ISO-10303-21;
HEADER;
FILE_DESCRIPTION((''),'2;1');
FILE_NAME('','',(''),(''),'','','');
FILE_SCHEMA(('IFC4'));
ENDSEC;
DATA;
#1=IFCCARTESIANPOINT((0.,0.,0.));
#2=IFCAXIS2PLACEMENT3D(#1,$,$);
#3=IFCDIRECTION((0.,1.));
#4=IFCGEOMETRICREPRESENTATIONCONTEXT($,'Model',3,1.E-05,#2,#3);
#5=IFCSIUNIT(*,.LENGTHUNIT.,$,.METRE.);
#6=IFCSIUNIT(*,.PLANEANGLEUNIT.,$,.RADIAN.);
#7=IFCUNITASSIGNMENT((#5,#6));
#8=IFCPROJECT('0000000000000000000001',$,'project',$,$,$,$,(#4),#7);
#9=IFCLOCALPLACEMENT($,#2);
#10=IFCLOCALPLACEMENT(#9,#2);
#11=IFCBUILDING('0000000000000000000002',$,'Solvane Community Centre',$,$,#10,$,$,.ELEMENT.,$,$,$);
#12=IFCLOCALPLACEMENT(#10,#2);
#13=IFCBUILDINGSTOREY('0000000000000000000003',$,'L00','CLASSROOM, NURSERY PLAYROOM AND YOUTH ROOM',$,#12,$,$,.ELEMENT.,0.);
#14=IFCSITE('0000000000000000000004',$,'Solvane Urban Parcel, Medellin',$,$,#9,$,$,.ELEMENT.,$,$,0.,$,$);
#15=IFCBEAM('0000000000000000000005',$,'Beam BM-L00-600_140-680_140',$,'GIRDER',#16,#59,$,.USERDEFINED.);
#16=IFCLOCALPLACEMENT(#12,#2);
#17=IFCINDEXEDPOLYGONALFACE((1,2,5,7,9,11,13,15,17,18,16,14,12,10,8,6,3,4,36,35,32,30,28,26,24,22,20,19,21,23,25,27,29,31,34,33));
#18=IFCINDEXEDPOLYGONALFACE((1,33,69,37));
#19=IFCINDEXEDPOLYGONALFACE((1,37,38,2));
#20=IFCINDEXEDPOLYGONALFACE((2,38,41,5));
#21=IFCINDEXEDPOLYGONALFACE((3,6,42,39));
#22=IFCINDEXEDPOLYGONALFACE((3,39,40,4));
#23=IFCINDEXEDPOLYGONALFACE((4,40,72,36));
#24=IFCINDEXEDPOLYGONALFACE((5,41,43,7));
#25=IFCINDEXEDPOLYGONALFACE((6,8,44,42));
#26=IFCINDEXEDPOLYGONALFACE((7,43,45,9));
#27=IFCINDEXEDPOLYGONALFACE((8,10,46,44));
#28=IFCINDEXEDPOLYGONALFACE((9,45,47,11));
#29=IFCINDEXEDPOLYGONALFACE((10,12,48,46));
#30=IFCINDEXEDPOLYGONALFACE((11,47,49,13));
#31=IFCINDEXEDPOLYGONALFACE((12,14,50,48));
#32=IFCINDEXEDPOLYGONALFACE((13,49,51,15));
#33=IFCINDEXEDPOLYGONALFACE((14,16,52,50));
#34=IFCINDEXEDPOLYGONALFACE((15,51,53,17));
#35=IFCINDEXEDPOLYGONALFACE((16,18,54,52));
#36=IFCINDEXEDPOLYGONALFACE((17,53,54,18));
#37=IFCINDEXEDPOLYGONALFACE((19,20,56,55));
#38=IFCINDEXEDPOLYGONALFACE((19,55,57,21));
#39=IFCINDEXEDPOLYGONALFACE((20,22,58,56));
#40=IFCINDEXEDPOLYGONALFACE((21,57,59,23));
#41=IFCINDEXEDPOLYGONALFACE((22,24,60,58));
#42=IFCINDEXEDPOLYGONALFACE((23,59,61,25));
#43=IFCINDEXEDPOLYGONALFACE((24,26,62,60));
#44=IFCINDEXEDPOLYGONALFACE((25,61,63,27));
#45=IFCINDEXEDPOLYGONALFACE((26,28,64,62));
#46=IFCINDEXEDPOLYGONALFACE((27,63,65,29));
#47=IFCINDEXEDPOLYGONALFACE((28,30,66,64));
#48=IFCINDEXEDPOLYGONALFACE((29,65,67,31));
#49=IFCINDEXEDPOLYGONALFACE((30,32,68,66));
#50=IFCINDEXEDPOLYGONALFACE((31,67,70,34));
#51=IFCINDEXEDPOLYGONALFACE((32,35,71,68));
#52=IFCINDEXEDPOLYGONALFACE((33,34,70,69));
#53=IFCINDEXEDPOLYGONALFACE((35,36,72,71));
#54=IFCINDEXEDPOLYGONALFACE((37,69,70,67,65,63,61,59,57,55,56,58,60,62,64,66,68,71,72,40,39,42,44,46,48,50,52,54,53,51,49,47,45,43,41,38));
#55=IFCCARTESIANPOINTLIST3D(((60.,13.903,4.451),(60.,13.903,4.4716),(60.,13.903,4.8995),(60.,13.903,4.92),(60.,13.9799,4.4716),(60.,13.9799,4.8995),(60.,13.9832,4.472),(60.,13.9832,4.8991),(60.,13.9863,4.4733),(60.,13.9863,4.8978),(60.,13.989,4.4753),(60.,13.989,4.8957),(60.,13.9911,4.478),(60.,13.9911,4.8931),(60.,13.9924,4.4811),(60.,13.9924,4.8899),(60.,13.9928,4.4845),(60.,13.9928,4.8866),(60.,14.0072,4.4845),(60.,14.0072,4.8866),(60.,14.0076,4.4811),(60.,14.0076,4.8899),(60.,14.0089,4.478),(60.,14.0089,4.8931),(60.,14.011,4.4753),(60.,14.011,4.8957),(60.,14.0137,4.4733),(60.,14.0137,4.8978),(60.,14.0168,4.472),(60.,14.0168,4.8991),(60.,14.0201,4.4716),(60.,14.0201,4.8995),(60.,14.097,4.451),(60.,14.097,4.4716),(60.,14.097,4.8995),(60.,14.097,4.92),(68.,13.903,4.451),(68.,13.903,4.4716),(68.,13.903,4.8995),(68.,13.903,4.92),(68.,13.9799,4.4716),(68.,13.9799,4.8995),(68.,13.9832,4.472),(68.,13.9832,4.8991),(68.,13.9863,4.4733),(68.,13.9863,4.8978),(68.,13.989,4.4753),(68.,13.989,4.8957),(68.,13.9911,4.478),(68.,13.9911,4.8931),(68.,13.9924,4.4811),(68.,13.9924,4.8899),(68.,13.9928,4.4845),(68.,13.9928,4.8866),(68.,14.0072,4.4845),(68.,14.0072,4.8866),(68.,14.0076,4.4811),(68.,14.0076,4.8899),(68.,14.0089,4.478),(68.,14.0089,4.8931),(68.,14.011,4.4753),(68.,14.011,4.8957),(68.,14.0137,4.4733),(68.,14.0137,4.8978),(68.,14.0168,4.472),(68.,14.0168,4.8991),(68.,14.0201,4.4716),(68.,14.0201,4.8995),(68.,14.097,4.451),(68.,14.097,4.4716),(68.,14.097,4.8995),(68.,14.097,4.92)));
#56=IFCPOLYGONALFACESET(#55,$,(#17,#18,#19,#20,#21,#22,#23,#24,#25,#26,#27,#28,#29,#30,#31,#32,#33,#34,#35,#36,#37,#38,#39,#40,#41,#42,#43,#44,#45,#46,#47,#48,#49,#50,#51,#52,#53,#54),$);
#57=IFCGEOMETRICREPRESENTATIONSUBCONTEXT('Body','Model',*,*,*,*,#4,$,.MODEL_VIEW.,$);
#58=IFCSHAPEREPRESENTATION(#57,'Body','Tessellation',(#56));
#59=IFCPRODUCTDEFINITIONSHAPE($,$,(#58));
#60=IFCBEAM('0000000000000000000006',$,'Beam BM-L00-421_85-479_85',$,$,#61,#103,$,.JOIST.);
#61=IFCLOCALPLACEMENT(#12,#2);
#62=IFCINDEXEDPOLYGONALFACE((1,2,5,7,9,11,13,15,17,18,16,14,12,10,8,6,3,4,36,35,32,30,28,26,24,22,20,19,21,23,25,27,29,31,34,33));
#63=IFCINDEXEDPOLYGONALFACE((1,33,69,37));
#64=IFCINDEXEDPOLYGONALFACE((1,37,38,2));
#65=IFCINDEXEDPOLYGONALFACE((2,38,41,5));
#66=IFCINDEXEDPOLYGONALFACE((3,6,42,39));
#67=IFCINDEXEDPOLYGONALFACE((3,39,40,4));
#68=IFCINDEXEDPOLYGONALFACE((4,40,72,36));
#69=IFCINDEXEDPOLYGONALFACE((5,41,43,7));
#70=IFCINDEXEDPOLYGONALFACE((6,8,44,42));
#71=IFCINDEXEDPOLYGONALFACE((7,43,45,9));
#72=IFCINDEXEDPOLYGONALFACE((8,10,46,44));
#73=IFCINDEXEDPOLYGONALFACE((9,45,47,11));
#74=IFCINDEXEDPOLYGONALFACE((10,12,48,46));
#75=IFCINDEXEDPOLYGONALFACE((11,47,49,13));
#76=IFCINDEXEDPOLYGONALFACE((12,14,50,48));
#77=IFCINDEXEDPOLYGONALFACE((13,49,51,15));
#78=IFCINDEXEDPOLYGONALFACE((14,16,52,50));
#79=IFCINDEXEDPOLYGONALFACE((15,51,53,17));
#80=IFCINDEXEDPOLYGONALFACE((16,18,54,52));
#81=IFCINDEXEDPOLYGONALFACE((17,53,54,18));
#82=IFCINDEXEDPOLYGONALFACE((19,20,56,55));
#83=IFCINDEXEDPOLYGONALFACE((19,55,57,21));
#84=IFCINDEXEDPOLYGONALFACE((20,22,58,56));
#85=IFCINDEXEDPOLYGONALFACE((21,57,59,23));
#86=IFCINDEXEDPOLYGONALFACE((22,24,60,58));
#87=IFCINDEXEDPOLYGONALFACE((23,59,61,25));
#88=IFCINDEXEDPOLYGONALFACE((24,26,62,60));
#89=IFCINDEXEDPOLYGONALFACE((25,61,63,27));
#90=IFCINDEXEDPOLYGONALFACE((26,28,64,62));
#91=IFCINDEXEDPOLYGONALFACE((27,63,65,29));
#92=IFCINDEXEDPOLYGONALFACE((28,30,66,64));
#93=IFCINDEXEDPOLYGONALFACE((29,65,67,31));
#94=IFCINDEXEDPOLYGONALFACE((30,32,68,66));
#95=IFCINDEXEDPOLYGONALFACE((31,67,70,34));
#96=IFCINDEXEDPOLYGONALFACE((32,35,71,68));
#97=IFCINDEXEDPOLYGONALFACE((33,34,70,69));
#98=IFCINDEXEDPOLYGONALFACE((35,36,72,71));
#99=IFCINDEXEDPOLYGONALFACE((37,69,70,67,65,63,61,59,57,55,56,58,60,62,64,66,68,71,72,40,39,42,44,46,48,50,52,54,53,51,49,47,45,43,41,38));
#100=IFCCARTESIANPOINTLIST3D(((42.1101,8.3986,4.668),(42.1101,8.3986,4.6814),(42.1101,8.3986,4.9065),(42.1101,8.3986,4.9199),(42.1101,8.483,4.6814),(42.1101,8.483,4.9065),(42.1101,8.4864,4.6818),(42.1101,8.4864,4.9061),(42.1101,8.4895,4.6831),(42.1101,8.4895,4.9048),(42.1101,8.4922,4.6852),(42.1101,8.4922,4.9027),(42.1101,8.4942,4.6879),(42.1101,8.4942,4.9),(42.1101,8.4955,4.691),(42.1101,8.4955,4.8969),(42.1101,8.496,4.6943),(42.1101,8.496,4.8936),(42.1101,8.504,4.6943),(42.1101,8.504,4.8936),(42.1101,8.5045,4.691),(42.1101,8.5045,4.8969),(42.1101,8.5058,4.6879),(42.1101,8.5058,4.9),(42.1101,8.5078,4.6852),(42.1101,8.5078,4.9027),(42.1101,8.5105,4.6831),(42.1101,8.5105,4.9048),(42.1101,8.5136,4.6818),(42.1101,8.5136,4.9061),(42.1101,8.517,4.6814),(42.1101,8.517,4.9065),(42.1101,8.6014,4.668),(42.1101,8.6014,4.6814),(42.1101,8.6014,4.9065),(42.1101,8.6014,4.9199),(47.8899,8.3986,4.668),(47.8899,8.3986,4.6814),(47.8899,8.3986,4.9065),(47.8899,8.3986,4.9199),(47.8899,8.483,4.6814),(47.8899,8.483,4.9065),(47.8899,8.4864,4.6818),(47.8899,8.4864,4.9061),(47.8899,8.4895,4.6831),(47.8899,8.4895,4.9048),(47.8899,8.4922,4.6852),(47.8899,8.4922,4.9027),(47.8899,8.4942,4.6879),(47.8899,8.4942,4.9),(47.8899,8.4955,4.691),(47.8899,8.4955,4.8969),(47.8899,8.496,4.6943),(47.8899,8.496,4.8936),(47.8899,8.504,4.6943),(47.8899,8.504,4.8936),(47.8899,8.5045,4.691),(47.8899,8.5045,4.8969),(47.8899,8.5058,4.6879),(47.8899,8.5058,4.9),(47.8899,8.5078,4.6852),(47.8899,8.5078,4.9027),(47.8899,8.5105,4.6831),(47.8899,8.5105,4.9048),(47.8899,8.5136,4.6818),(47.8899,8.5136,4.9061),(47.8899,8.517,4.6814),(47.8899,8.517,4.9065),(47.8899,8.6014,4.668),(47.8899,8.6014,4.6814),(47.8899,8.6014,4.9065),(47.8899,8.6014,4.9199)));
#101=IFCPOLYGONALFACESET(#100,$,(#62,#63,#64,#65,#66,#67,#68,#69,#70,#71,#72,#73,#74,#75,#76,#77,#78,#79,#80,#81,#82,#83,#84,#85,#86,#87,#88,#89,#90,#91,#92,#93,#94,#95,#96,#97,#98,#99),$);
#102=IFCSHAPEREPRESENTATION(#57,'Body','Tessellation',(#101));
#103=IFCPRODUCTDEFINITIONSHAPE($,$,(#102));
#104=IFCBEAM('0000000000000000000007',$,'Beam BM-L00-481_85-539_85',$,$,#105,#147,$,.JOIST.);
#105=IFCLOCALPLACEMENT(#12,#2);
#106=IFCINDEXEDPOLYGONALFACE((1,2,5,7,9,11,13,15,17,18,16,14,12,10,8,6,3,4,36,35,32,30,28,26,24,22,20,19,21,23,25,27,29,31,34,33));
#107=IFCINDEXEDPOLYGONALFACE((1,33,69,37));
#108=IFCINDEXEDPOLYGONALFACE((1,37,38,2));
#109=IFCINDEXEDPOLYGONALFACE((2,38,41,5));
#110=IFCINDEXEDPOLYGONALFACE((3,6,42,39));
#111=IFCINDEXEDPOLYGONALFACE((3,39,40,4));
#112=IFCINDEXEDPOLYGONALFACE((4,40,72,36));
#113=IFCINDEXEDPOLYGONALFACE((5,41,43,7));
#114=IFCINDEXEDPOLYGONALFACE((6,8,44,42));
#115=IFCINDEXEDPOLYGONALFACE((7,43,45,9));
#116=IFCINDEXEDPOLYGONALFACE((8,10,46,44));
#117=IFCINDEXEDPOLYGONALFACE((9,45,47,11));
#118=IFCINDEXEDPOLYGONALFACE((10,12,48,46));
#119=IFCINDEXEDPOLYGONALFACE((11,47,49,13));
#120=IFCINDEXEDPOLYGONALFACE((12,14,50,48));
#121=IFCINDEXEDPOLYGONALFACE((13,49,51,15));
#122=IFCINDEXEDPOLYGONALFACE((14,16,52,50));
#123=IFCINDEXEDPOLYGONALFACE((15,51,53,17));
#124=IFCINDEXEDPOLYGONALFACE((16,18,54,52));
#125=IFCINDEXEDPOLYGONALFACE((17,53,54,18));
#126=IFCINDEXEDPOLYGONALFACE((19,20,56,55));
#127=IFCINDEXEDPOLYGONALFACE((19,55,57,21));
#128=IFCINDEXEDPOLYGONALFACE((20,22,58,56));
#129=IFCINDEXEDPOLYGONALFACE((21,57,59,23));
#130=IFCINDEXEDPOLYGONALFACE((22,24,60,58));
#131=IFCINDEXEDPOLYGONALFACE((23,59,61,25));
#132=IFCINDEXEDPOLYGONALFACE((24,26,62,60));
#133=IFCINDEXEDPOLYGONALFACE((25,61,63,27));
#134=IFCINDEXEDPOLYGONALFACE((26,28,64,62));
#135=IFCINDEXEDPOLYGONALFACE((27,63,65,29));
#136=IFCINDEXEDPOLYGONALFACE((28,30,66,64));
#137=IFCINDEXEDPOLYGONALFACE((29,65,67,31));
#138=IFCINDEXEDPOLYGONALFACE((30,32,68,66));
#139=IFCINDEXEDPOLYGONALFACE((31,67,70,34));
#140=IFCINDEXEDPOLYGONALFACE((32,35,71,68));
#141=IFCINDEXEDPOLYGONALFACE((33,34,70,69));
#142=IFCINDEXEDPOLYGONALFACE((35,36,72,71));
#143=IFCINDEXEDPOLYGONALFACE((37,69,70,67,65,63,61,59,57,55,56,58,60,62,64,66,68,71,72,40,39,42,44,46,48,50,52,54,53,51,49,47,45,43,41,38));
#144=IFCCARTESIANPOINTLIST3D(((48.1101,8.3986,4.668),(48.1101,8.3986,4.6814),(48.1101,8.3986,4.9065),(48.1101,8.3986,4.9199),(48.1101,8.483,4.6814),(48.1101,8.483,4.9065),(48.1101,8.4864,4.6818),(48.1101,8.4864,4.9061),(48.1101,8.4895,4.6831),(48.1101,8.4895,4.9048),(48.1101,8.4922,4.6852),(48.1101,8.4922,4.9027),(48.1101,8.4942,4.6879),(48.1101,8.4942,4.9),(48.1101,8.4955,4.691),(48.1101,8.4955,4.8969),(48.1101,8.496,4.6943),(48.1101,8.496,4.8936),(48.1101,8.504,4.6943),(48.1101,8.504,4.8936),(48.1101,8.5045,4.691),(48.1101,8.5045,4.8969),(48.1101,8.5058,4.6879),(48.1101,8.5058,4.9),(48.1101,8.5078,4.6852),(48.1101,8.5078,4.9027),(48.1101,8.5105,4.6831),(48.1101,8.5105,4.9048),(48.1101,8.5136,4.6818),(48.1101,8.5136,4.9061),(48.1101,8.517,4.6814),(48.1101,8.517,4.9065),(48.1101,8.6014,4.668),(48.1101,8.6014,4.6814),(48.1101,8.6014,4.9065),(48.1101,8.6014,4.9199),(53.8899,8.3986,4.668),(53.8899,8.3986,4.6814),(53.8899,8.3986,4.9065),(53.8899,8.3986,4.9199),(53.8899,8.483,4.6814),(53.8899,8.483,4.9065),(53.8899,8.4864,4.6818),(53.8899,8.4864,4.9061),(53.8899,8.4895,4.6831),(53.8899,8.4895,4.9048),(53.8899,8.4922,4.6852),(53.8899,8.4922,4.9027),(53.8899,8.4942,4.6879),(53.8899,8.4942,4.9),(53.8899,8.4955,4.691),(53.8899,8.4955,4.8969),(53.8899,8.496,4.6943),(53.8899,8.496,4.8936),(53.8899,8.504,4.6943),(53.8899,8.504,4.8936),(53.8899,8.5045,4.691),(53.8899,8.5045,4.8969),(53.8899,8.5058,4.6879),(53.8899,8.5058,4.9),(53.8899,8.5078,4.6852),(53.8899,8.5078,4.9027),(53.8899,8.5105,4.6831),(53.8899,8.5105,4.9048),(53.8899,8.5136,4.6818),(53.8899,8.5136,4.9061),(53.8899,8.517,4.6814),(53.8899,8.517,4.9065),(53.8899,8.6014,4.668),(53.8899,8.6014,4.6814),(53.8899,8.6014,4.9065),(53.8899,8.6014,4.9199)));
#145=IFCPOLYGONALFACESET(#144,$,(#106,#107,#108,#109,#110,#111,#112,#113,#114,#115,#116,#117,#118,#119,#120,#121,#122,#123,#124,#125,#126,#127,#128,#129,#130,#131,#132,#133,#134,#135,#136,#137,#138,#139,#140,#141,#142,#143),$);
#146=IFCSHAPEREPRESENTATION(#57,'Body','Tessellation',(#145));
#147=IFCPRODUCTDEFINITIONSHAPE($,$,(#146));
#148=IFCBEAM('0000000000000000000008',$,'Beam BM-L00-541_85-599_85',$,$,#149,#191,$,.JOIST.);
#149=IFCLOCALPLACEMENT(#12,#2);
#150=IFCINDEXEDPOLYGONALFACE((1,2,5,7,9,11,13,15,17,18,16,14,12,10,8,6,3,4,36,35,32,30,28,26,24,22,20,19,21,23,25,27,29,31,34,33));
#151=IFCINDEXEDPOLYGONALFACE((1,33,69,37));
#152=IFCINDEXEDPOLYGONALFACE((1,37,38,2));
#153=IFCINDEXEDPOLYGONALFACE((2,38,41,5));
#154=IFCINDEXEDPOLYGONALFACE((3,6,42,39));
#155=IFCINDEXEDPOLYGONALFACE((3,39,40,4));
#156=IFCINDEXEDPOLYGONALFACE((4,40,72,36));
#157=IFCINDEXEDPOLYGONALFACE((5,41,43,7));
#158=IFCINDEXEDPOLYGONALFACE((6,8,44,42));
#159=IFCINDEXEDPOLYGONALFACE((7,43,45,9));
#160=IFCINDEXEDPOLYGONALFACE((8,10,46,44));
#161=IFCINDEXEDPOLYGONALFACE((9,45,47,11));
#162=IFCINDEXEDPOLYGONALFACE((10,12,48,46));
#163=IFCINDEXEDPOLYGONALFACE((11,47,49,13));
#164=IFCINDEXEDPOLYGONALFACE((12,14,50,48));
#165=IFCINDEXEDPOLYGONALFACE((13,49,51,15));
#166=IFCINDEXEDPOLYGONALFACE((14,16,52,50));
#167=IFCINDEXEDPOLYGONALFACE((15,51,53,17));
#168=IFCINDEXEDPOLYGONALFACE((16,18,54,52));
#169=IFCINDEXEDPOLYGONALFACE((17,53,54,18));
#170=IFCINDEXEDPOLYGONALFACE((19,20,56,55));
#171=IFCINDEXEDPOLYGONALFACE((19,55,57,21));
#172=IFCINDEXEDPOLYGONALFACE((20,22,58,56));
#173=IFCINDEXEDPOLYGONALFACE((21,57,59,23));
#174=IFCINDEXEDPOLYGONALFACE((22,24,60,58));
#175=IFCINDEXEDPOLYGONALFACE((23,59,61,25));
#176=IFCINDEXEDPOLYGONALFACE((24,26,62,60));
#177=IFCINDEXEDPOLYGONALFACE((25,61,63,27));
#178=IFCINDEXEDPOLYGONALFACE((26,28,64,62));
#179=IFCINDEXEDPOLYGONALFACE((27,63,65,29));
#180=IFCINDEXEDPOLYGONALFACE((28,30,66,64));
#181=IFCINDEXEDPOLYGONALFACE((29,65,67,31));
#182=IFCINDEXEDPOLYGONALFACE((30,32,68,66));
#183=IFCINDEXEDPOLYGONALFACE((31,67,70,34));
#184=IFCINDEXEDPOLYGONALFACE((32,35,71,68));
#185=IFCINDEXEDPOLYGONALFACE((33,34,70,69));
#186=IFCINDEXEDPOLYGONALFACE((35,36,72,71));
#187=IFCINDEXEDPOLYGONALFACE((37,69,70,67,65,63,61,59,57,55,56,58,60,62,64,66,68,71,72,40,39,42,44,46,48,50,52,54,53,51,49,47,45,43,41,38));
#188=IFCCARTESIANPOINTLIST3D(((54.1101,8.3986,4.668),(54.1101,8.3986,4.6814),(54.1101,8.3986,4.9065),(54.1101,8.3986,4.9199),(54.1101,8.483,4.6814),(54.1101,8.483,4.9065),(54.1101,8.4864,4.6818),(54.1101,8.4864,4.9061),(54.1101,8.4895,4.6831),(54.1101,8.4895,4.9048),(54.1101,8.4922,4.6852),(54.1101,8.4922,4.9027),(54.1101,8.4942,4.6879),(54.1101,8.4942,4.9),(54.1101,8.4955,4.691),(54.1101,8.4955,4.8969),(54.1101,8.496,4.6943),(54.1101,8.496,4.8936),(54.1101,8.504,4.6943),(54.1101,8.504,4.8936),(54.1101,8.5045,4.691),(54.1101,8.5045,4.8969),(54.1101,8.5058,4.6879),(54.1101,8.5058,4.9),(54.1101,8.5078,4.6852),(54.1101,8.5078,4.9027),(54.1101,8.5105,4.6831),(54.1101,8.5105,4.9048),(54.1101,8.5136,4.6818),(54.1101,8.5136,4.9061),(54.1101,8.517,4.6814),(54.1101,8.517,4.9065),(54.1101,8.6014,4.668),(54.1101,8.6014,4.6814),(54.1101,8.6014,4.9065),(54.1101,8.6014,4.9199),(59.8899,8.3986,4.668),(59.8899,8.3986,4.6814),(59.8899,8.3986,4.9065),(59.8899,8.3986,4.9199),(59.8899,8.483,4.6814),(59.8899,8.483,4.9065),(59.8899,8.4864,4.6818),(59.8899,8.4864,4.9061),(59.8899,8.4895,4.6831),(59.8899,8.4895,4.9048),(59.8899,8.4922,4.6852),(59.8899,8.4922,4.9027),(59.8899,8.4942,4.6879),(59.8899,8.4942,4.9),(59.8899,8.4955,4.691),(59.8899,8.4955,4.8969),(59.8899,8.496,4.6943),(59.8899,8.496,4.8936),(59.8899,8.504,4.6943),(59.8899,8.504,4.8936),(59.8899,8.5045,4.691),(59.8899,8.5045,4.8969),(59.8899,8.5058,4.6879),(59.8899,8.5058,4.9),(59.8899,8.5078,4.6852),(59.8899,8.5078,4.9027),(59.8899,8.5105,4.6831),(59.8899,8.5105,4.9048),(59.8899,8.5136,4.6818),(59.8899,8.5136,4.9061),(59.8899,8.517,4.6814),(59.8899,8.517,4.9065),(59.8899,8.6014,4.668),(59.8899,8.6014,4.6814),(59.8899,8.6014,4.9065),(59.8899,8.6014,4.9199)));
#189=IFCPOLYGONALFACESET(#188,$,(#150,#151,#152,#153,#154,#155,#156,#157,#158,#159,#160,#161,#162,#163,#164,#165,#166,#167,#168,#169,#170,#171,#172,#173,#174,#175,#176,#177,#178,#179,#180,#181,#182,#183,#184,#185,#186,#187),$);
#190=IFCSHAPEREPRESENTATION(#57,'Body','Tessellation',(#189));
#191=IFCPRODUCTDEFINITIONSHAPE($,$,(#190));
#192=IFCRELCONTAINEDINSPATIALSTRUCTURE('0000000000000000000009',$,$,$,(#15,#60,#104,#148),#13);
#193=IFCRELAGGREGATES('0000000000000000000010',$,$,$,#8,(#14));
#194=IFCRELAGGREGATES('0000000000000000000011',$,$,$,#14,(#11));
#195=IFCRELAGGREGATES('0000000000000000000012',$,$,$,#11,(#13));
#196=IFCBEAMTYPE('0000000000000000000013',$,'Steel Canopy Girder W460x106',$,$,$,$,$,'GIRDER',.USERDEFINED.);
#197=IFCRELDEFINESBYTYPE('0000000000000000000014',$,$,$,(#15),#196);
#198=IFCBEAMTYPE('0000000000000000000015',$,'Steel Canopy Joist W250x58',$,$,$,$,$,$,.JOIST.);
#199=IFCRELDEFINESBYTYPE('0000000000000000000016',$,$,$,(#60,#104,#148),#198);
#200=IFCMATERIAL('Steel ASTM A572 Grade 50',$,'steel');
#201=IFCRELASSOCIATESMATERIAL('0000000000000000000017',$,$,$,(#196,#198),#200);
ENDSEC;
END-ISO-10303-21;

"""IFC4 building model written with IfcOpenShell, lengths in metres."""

from ifc_helpers import new_model, si_unit, direction, frame, origin, origin_2d, place, context, subcontext, project, spatial, i_section, extrude, material, material_profile, profile_set, type_object, element, save


model = new_model("IFC4")

# Units and contexts
model_context = context("Model", 3, precision=1e-05, world=origin(), true_north=direction((0.0, 1.0)))
body_context = subcontext(model_context, "Body", "Model", "MODEL_VIEW")
ifc_project = project(units=[si_unit("LENGTHUNIT", "METRE"), si_unit("PLANEANGLEUNIT", "RADIAN")], contexts=[model_context])

# Site, building, storey
site_placement = place(None, origin())
site = spatial("IfcSite", under=ifc_project, at=site_placement, Name="Solvane Urban Parcel, Medellin", CompositionType="ELEMENT", RefElevation=0.0)
building_placement = place(site_placement, origin())
building = spatial("IfcBuilding", under=site, at=building_placement, Name="Solvane Community Centre", CompositionType="ELEMENT")
storey_placement = place(building_placement, origin())
storey = spatial("IfcBuildingStorey", under=building, at=storey_placement, Name="L00", Description="CLASSROOM, NURSERY PLAYROOM AND YOUTH ROOM", CompositionType="ELEMENT", Elevation=0.0)

# Beams
ifc_material_1 = material(Name="Steel ASTM A572 Grade 50", Category="steel")
ifc_material_profile_1 = material_profile(ifc_material_1, i_section(OverallWidth=0.1941, OverallDepth=0.469, WebThickness=0.0144, FlangeThickness=0.0205, FilletRadius=0.0129, at=origin_2d()), Name="W460x106")
ifc_profile_set_1 = profile_set([ifc_material_profile_1], Name="Steel ASTM A572 Grade 50")
beam_type_1 = type_object("IfcBeamType", Name="Steel Canopy Girder W460x106", ElementType="GIRDER", PredefinedType="USERDEFINED", material=ifc_profile_set_1)
beam_1_placement = place(storey_placement, frame((60.0, 14.0, 4.6855), z_axis=(1.0, 0.0, 0.0), x_axis=(0.0, 1.0, 0.0)))
element("IfcBeam", 1, at=beam_1_placement, inside=storey, type_object=beam_type_1, Name="Beam BM-L00-600_140-680_140", ObjectType="GIRDER", PredefinedType="USERDEFINED", context=body_context, shape_type="SweptSolid", body=[
    extrude(i_section(OverallWidth=0.1941, OverallDepth=0.469, WebThickness=0.0144, FlangeThickness=0.0205, FilletRadius=0.0129, at=origin_2d()), origin(), (0.0, 0.0, 1.0), 8.0),
])
ifc_material_profile_2 = material_profile(ifc_material_1, i_section(OverallWidth=0.2029, OverallDepth=0.252, WebThickness=0.0081, FlangeThickness=0.0134, FilletRadius=0.0129, at=origin_2d()), Name="W250x58")
ifc_profile_set_2 = profile_set([ifc_material_profile_2], Name="Steel ASTM A572 Grade 50")
beam_type_2 = type_object("IfcBeamType", Name="Steel Canopy Joist W250x58", PredefinedType="JOIST", material=ifc_profile_set_2)
for number, where, z_axis, x_axis, name in (
    (2, (42.1101, 8.5, 4.7939), (1.0, 0.0, 0.0), (0.0, 1.0, 0.0), "Beam BM-L00-421_85-479_85"),
    (3, (48.1101, 8.5, 4.7939), (1.0, 0.0, 0.0), (0.0, 1.0, 0.0), "Beam BM-L00-481_85-539_85"),
    (4, (54.1101, 8.5, 4.7939), (1.0, 0.0, 0.0), (0.0, 1.0, 0.0), "Beam BM-L00-541_85-599_85"),
):
    element("IfcBeam", number, at=place(storey_placement, frame(where, z_axis=z_axis, x_axis=x_axis)), inside=storey, type_object=beam_type_2, Name=name, PredefinedType="JOIST", context=body_context, shape_type="SweptSolid", body=[
        extrude(i_section(OverallWidth=0.2029, OverallDepth=0.252, WebThickness=0.0081, FlangeThickness=0.0134, FilletRadius=0.0129, at=origin_2d()), origin(), (0.0, 0.0, 1.0), 5.7798),
    ])

save(model, "model.ifc")
